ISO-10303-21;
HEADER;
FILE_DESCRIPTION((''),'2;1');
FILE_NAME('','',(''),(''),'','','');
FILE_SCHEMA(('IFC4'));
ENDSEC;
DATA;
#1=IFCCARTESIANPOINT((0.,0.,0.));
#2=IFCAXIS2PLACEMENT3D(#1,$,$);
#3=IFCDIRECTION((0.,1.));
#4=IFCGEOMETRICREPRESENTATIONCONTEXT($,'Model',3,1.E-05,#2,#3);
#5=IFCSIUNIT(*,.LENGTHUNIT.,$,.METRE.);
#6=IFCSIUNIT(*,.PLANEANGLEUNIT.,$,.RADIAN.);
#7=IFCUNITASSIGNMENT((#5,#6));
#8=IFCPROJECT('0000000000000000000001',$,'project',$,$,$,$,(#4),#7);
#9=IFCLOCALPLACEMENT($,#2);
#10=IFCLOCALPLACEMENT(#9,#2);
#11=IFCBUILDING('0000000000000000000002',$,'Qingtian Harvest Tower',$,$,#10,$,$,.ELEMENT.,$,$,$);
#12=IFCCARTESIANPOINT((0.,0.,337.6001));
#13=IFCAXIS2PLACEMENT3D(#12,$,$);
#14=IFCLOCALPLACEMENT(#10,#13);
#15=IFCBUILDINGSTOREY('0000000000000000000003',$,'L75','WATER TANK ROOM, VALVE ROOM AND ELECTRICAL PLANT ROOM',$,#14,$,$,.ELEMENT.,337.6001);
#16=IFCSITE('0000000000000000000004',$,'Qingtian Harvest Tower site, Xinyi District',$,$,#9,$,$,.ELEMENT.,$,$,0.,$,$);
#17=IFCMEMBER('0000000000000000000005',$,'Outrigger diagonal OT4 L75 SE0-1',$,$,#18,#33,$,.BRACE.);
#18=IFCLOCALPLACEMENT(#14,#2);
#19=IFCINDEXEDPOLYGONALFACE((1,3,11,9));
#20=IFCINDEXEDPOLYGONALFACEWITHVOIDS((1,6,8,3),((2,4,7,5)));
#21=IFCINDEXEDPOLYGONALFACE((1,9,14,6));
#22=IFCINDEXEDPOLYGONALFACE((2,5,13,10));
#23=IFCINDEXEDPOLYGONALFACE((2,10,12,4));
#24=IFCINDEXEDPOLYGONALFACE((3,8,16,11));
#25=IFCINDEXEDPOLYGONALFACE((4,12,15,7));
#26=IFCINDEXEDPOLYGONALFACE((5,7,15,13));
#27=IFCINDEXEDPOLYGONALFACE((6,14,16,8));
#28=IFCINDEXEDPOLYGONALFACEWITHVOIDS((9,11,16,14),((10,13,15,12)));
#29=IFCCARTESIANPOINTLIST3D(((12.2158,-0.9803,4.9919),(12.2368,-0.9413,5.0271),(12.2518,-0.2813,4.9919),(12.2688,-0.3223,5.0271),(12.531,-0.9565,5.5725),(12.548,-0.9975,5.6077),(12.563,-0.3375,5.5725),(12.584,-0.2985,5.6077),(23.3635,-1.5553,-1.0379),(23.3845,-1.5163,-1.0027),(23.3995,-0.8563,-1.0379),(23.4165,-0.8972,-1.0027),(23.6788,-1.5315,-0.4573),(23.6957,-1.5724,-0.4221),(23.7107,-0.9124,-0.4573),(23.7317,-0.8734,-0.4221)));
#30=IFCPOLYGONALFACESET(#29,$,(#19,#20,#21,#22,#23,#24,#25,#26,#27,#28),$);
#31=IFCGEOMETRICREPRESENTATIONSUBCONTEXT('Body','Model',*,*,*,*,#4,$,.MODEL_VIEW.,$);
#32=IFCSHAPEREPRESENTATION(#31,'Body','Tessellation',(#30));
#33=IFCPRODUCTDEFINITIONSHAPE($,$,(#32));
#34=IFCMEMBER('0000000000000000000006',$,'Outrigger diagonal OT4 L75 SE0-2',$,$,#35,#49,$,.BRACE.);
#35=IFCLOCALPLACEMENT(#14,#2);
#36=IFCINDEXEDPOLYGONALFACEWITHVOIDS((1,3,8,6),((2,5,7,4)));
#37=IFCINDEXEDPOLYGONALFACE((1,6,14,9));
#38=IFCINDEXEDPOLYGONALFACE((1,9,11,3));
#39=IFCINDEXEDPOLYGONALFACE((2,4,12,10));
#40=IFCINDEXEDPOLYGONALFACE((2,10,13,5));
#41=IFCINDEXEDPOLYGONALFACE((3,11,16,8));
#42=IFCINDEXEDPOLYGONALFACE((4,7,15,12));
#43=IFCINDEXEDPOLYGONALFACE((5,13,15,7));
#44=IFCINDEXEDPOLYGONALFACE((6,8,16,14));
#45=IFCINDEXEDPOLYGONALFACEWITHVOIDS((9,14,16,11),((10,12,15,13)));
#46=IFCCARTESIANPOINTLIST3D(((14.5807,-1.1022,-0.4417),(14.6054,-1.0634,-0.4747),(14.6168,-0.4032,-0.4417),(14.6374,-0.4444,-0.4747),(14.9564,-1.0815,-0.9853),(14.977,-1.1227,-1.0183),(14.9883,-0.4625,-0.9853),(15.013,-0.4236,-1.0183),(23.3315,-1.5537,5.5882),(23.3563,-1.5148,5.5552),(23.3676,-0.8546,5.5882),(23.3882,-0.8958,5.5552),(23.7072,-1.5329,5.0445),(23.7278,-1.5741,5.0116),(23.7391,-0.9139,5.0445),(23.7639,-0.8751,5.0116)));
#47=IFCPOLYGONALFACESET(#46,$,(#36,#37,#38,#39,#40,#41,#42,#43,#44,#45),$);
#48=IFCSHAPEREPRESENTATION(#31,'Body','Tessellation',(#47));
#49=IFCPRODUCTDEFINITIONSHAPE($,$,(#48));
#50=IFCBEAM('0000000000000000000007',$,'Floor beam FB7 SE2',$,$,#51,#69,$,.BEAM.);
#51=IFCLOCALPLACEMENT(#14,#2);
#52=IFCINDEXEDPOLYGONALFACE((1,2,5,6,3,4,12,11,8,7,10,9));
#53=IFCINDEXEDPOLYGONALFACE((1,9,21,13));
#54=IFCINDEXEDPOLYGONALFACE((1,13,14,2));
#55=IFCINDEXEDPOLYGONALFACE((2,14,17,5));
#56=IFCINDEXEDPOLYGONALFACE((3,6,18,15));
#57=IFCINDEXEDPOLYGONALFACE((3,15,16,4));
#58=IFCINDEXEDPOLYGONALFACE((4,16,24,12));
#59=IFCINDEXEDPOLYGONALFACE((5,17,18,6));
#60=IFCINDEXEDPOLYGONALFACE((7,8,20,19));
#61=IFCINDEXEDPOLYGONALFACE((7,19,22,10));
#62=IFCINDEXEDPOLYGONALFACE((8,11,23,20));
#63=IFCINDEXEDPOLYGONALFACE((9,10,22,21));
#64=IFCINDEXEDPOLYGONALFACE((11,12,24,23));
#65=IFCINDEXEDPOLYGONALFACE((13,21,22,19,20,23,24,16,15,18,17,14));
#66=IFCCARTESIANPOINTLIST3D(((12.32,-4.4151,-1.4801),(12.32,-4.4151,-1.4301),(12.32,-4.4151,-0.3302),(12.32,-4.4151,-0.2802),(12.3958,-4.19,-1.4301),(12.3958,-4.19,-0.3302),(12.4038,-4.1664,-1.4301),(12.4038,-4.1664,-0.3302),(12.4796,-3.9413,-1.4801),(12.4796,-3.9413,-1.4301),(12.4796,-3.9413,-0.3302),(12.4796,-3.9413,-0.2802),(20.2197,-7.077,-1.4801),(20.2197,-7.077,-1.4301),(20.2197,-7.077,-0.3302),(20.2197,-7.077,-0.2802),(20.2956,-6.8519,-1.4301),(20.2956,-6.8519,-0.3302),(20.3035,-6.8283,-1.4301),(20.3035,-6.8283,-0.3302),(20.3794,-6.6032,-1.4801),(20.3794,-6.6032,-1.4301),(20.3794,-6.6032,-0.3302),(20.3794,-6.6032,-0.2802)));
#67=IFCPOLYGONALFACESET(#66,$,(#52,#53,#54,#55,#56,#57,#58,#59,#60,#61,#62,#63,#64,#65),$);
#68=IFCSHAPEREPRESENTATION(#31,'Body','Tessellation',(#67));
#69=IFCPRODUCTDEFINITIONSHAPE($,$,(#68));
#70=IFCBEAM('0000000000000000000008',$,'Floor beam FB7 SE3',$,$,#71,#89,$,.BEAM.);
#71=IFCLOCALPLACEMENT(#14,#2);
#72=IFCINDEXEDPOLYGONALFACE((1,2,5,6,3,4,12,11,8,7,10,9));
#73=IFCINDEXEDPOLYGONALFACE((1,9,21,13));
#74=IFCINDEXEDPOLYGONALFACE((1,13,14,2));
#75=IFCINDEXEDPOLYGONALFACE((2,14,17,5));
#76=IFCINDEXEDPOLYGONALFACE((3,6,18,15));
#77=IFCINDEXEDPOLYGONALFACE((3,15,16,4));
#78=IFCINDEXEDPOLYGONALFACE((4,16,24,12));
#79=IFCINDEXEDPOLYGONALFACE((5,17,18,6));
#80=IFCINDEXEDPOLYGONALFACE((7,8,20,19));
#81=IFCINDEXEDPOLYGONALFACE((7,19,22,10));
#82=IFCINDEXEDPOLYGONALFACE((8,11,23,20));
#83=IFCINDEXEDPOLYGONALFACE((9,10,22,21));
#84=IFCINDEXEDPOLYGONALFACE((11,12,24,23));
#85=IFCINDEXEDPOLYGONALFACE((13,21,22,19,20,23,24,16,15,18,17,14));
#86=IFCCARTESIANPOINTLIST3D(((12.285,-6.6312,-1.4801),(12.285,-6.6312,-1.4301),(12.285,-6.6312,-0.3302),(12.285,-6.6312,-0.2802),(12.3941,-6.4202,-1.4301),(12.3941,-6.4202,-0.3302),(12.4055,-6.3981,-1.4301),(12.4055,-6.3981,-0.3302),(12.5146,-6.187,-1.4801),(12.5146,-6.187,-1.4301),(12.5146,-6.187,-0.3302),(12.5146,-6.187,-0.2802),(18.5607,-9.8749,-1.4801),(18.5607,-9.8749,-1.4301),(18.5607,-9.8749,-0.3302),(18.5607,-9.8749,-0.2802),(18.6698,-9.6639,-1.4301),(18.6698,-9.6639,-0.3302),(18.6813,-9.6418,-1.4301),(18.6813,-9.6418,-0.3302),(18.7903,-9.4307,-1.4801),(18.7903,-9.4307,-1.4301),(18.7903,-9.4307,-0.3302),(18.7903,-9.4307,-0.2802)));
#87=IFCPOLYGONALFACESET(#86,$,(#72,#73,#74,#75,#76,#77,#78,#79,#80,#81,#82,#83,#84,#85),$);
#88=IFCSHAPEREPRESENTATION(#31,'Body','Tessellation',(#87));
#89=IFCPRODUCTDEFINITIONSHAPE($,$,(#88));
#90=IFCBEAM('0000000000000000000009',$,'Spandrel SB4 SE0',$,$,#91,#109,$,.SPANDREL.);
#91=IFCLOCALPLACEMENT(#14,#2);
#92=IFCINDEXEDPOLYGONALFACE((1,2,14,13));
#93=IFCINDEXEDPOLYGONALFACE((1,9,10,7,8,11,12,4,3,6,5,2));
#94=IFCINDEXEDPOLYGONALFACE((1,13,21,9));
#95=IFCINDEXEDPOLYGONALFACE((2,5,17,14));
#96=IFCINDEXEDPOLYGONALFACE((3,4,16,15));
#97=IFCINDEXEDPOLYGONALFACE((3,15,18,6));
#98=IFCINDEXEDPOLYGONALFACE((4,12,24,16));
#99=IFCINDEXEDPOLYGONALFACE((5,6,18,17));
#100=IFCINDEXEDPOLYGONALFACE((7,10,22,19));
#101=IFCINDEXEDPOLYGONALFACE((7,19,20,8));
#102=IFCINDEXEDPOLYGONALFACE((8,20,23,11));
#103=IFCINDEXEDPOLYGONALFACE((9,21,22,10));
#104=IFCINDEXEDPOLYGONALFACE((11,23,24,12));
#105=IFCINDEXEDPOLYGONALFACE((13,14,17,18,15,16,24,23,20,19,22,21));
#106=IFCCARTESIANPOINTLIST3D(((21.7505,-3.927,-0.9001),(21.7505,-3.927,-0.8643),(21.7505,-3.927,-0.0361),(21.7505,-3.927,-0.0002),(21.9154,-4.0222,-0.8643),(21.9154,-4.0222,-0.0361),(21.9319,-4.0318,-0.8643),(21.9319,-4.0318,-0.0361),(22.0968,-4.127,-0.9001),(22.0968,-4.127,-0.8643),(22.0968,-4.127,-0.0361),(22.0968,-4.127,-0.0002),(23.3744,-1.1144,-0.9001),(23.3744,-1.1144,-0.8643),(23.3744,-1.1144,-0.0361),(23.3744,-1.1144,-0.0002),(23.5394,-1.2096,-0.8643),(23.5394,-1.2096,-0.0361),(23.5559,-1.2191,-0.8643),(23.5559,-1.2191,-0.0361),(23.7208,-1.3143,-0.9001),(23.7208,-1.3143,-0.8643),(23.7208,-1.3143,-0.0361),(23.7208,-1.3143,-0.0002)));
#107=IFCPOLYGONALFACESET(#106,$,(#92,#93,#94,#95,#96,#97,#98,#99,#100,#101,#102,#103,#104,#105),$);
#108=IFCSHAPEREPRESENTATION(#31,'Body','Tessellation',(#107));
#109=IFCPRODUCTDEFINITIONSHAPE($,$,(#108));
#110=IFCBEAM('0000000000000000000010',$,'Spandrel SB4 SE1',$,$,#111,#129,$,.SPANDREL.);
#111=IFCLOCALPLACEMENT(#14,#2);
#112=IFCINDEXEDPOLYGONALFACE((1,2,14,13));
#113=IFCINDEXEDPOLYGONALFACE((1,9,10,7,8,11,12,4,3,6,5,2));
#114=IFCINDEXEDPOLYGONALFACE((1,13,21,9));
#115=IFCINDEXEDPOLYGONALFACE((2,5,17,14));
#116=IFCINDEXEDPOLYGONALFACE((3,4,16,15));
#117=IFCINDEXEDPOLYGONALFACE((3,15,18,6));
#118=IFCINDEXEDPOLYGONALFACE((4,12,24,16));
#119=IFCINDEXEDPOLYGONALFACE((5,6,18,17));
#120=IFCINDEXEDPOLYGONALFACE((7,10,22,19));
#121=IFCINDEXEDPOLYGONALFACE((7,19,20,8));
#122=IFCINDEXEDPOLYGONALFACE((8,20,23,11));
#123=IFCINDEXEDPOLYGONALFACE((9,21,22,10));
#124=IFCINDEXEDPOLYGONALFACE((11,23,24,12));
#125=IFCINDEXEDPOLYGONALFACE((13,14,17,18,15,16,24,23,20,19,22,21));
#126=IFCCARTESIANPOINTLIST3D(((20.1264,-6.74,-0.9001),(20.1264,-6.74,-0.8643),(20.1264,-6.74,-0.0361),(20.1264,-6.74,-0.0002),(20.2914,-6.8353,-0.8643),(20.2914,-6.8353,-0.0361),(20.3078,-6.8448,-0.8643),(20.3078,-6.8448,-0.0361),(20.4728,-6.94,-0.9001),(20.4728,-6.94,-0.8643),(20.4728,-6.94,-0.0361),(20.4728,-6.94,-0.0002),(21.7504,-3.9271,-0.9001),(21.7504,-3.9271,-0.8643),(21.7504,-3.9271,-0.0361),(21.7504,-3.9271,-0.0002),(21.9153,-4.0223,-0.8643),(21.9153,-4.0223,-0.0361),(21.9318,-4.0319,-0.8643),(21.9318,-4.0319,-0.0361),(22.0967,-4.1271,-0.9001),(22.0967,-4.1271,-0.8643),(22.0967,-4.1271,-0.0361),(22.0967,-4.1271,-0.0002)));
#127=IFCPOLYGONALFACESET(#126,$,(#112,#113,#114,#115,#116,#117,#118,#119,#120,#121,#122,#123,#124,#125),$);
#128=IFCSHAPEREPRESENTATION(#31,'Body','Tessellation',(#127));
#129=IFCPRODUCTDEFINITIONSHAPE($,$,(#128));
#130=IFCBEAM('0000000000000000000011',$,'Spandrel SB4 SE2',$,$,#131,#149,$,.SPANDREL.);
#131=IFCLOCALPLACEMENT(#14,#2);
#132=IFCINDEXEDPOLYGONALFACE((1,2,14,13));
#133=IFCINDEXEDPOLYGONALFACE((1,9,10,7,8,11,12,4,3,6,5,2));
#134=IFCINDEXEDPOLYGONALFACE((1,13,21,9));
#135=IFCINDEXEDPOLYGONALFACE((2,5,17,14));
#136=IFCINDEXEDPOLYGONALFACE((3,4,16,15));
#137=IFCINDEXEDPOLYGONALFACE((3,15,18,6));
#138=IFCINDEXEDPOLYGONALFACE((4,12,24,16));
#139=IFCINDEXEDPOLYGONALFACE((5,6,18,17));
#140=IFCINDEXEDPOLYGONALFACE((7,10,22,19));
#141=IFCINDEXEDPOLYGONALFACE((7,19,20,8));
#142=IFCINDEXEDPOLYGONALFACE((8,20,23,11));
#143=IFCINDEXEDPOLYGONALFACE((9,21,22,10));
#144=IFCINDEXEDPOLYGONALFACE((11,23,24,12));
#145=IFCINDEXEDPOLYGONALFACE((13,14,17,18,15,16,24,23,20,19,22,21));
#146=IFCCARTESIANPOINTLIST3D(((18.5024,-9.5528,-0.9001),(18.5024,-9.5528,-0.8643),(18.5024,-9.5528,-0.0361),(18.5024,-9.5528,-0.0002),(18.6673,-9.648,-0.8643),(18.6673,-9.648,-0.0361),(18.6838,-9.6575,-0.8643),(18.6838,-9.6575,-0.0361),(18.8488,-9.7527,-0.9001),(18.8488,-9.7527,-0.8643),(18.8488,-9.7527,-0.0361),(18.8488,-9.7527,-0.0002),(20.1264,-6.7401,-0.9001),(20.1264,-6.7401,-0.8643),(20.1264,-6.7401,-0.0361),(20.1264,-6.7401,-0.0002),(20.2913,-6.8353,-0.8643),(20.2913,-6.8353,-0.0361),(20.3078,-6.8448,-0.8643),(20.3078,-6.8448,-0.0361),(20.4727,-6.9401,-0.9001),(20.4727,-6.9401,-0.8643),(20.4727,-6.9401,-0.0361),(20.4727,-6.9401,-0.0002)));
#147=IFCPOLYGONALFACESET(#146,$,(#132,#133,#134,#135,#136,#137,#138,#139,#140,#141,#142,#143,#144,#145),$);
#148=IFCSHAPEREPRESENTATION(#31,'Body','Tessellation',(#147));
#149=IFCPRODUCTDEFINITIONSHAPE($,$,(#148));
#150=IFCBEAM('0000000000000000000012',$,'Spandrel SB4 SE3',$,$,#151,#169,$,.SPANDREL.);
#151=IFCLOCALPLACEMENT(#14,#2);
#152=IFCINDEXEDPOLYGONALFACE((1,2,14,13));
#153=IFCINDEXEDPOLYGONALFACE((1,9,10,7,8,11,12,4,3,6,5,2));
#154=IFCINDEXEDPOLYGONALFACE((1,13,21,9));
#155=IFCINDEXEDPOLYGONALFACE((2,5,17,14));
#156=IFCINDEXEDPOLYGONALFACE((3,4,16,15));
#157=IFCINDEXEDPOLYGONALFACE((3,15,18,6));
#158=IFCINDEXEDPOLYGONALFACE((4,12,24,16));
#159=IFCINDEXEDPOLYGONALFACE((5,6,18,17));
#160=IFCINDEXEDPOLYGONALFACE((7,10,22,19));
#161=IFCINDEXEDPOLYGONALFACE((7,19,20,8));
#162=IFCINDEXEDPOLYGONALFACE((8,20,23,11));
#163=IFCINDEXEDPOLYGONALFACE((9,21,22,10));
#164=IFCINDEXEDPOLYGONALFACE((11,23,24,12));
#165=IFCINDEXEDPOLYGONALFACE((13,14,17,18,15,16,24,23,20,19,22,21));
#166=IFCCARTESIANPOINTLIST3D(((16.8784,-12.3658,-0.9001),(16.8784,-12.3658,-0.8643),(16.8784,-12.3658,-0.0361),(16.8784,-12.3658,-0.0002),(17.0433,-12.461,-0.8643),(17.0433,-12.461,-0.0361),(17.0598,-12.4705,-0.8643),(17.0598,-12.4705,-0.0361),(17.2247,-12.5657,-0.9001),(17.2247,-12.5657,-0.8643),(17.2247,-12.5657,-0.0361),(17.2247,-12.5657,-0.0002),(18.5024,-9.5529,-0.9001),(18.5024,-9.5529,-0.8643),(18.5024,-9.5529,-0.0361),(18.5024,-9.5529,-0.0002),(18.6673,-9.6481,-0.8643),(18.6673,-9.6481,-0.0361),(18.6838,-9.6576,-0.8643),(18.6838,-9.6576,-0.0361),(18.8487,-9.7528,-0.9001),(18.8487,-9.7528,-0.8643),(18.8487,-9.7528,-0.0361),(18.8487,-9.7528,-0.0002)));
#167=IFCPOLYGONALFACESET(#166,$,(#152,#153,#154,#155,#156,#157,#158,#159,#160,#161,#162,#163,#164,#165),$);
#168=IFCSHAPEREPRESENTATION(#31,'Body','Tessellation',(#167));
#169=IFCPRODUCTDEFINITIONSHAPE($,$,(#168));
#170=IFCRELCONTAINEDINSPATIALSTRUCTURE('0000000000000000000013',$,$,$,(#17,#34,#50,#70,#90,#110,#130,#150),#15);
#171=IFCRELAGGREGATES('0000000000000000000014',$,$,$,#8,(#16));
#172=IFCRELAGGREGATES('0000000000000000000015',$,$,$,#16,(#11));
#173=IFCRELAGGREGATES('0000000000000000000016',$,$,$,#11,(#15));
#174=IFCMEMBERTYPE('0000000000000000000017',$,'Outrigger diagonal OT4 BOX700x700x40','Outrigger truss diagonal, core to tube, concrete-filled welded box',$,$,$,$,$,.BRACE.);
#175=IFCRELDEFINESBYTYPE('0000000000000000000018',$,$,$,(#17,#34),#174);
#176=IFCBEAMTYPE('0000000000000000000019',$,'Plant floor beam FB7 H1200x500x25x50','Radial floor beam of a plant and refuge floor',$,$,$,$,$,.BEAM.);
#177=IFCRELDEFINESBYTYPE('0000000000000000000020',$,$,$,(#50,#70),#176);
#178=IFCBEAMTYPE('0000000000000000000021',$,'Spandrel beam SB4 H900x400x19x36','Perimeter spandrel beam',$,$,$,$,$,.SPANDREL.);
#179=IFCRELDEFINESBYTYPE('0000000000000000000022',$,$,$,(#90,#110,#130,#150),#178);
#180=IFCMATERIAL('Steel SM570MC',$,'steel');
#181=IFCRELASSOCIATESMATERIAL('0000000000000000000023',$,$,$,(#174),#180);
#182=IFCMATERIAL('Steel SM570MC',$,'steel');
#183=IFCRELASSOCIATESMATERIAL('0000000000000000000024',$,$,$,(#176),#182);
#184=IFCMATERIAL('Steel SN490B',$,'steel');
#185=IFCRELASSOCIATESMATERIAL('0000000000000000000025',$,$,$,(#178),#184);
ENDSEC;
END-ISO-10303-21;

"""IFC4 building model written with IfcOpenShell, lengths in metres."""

from ifc_helpers import new_model, si_unit, direction, frame, origin, origin_2d, place, context, subcontext, project, spatial, hollow_rectangle, i_section, extrude, material, material_profile, profile_set, type_object, element, save


model = new_model("IFC4")

# Units and contexts
model_context = context("Model", 3, precision=1e-05, world=origin(), true_north=direction((0.0, 1.0)))
body_context = subcontext(model_context, "Body", "Model", "MODEL_VIEW")
ifc_project = project(units=[si_unit("LENGTHUNIT", "METRE"), si_unit("PLANEANGLEUNIT", "RADIAN")], contexts=[model_context])

# Site, building, storey
site_placement = place(None, origin())
site = spatial("IfcSite", under=ifc_project, at=site_placement, Name="Qingtian Harvest Tower site, Xinyi District", CompositionType="ELEMENT", RefElevation=0.0)
building_placement = place(site_placement, origin())
building = spatial("IfcBuilding", under=site, at=building_placement, Name="Qingtian Harvest Tower", CompositionType="ELEMENT")
storey_placement = place(building_placement, frame((0.0, 0.0, 337.6001)))
storey = spatial("IfcBuildingStorey", under=building, at=storey_placement, Name="L75", Description="WATER TANK ROOM, VALVE ROOM AND ELECTRICAL PLANT ROOM", CompositionType="ELEMENT", Elevation=337.6001)

# Members
ifc_material_1 = material(Name="Steel SM570MC", Category="steel")
ifc_material_profile_1 = material_profile(ifc_material_1, hollow_rectangle(XDim=0.7, YDim=0.7, WallThickness=0.04, at=origin_2d()), Name="BOX700x700x40")
ifc_profile_set_1 = profile_set([ifc_material_profile_1], Name="Steel SM570MC")
member_type = type_object("IfcMemberType", Name="Outrigger diagonal OT4 BOX700x700x40", Description="Outrigger truss diagonal, core to tube, concrete-filled welded box", PredefinedType="BRACE", material=ifc_profile_set_1)
member_1_placement = place(storey_placement, frame((23.5476, -1.2144, -0.73), z_axis=(-0.878671, 0.045318, 0.475272), x_axis=(-0.051507, -0.998673, 0.0)))
element("IfcMember", 1, at=member_1_placement, inside=storey, type_object=member_type, Name="Outrigger diagonal OT4 L75 SE0-1", PredefinedType="BRACE", context=body_context, shape_type="SweptSolid", body=[
    extrude(hollow_rectangle(XDim=0.7, YDim=0.7, WallThickness=0.04, at=origin_2d()), origin(), (0.0, 0.0, 1.0), 12.687),
])
member_2_placement = place(storey_placement, frame((14.7969, -0.7629, -0.73), z_axis=(0.8227, -0.04244, 0.56689), x_axis=(0.051518, 0.998672, 0.0)))
element("IfcMember", 2, at=member_2_placement, inside=storey, type_object=member_type, Name="Outrigger diagonal OT4 L75 SE0-2", PredefinedType="BRACE", context=body_context, shape_type="SweptSolid", body=[
    extrude(hollow_rectangle(XDim=0.7, YDim=0.7, WallThickness=0.04, at=origin_2d()), origin(), (0.0, 0.0, 1.0), 10.6367),
])

# Beams
ifc_material_2 = material(Name="Steel SM570MC", Category="steel")
ifc_material_profile_2 = material_profile(ifc_material_2, i_section(OverallWidth=0.5, OverallDepth=1.2, WebThickness=0.0249, FlangeThickness=0.05, at=origin_2d()), Name="H1200x500x25x50")
ifc_profile_set_2 = profile_set([ifc_material_profile_2], Name="Steel SM570MC")
beam_type_1 = type_object("IfcBeamType", Name="Plant floor beam FB7 H1200x500x25x50", Description="Radial floor beam of a plant and refuge floor", PredefinedType="BEAM", material=ifc_profile_set_2)
beam_1_placement = place(storey_placement, frame((20.2996, -6.8401, -0.8801), z_axis=(-0.947647, 0.319319, 0.0), x_axis=(-0.319319, -0.947647, 0.0)))
element("IfcBeam", 3, at=beam_1_placement, inside=storey, type_object=beam_type_1, Name="Floor beam FB7 SE2", PredefinedType="BEAM", context=body_context, shape_type="SweptSolid", body=[
    extrude(i_section(OverallWidth=0.5, OverallDepth=1.2, WebThickness=0.0249, FlangeThickness=0.05, at=origin_2d()), origin(), (0.0, 0.0, 1.0), 8.3362),
])
beam_2_placement = place(storey_placement, frame((18.6755, -9.6528, -0.8801), z_axis=(-0.888354, 0.459159, 0.0), x_axis=(-0.459159, -0.888354, 0.0)))
element("IfcBeam", 4, at=beam_2_placement, inside=storey, type_object=beam_type_1, Name="Floor beam FB7 SE3", PredefinedType="BEAM", context=body_context, shape_type="SweptSolid", body=[
    extrude(i_section(OverallWidth=0.5, OverallDepth=1.2, WebThickness=0.0249, FlangeThickness=0.05, at=origin_2d()), origin(), (0.0, 0.0, 1.0), 7.0645),
])
ifc_material_3 = material(Name="Steel SN490B", Category="steel")
ifc_material_profile_3 = material_profile(ifc_material_3, i_section(OverallWidth=0.3999, OverallDepth=0.8999, WebThickness=0.019, FlangeThickness=0.0359, at=origin_2d()), Name="H900x400x19x36")
ifc_profile_set_3 = profile_set([ifc_material_profile_3], Name="Steel SN490B")
beam_type_2 = type_object("IfcBeamType", Name="Spandrel beam SB4 H900x400x19x36", Description="Perimeter spandrel beam", PredefinedType="SPANDREL", material=ifc_profile_set_3)
beam_3_placement = place(storey_placement, frame((23.5476, -1.2144, -0.4502), z_axis=(-0.50002, -0.866014, 0.0), x_axis=(0.866014, -0.50002, 0.0)))
element("IfcBeam", 5, at=beam_3_placement, inside=storey, type_object=beam_type_2, Name="Spandrel SB4 SE0", PredefinedType="SPANDREL", context=body_context, shape_type="SweptSolid", body=[
    extrude(i_section(OverallWidth=0.3999, OverallDepth=0.8999, WebThickness=0.019, FlangeThickness=0.0359, at=origin_2d()), origin(), (0.0, 0.0, 1.0), 3.2478),
])
beam_4_placement = place(storey_placement, frame((21.9236, -4.0271, -0.4502), z_axis=(-0.499987, -0.866033, 0.0), x_axis=(0.866033, -0.499987, 0.0)))
element("IfcBeam", 6, at=beam_4_placement, inside=storey, type_object=beam_type_2, Name="Spandrel SB4 SE1", PredefinedType="SPANDREL", context=body_context, shape_type="SweptSolid", body=[
    extrude(i_section(OverallWidth=0.3999, OverallDepth=0.8999, WebThickness=0.019, FlangeThickness=0.0359, at=origin_2d()), origin(), (0.0, 0.0, 1.0), 3.248),
])
beam_5_placement = place(storey_placement, frame((20.2996, -6.8401, -0.4502), z_axis=(-0.50002, -0.866014, 0.0), x_axis=(0.866014, -0.50002, 0.0)))
element("IfcBeam", 7, at=beam_5_placement, inside=storey, type_object=beam_type_2, Name="Spandrel SB4 SE2", PredefinedType="SPANDREL", context=body_context, shape_type="SweptSolid", body=[
    extrude(i_section(OverallWidth=0.3999, OverallDepth=0.8999, WebThickness=0.019, FlangeThickness=0.0359, at=origin_2d()), origin(), (0.0, 0.0, 1.0), 3.2478),
])
beam_6_placement = place(storey_placement, frame((18.6755, -9.6528, -0.4502), z_axis=(-0.499987, -0.866033, 0.0), x_axis=(0.866033, -0.499987, 0.0)))
element("IfcBeam", 8, at=beam_6_placement, inside=storey, type_object=beam_type_2, Name="Spandrel SB4 SE3", PredefinedType="SPANDREL", context=body_context, shape_type="SweptSolid", body=[
    extrude(i_section(OverallWidth=0.3999, OverallDepth=0.8999, WebThickness=0.019, FlangeThickness=0.0359, at=origin_2d()), origin(), (0.0, 0.0, 1.0), 3.248),
])

save(model, "model.ifc")
